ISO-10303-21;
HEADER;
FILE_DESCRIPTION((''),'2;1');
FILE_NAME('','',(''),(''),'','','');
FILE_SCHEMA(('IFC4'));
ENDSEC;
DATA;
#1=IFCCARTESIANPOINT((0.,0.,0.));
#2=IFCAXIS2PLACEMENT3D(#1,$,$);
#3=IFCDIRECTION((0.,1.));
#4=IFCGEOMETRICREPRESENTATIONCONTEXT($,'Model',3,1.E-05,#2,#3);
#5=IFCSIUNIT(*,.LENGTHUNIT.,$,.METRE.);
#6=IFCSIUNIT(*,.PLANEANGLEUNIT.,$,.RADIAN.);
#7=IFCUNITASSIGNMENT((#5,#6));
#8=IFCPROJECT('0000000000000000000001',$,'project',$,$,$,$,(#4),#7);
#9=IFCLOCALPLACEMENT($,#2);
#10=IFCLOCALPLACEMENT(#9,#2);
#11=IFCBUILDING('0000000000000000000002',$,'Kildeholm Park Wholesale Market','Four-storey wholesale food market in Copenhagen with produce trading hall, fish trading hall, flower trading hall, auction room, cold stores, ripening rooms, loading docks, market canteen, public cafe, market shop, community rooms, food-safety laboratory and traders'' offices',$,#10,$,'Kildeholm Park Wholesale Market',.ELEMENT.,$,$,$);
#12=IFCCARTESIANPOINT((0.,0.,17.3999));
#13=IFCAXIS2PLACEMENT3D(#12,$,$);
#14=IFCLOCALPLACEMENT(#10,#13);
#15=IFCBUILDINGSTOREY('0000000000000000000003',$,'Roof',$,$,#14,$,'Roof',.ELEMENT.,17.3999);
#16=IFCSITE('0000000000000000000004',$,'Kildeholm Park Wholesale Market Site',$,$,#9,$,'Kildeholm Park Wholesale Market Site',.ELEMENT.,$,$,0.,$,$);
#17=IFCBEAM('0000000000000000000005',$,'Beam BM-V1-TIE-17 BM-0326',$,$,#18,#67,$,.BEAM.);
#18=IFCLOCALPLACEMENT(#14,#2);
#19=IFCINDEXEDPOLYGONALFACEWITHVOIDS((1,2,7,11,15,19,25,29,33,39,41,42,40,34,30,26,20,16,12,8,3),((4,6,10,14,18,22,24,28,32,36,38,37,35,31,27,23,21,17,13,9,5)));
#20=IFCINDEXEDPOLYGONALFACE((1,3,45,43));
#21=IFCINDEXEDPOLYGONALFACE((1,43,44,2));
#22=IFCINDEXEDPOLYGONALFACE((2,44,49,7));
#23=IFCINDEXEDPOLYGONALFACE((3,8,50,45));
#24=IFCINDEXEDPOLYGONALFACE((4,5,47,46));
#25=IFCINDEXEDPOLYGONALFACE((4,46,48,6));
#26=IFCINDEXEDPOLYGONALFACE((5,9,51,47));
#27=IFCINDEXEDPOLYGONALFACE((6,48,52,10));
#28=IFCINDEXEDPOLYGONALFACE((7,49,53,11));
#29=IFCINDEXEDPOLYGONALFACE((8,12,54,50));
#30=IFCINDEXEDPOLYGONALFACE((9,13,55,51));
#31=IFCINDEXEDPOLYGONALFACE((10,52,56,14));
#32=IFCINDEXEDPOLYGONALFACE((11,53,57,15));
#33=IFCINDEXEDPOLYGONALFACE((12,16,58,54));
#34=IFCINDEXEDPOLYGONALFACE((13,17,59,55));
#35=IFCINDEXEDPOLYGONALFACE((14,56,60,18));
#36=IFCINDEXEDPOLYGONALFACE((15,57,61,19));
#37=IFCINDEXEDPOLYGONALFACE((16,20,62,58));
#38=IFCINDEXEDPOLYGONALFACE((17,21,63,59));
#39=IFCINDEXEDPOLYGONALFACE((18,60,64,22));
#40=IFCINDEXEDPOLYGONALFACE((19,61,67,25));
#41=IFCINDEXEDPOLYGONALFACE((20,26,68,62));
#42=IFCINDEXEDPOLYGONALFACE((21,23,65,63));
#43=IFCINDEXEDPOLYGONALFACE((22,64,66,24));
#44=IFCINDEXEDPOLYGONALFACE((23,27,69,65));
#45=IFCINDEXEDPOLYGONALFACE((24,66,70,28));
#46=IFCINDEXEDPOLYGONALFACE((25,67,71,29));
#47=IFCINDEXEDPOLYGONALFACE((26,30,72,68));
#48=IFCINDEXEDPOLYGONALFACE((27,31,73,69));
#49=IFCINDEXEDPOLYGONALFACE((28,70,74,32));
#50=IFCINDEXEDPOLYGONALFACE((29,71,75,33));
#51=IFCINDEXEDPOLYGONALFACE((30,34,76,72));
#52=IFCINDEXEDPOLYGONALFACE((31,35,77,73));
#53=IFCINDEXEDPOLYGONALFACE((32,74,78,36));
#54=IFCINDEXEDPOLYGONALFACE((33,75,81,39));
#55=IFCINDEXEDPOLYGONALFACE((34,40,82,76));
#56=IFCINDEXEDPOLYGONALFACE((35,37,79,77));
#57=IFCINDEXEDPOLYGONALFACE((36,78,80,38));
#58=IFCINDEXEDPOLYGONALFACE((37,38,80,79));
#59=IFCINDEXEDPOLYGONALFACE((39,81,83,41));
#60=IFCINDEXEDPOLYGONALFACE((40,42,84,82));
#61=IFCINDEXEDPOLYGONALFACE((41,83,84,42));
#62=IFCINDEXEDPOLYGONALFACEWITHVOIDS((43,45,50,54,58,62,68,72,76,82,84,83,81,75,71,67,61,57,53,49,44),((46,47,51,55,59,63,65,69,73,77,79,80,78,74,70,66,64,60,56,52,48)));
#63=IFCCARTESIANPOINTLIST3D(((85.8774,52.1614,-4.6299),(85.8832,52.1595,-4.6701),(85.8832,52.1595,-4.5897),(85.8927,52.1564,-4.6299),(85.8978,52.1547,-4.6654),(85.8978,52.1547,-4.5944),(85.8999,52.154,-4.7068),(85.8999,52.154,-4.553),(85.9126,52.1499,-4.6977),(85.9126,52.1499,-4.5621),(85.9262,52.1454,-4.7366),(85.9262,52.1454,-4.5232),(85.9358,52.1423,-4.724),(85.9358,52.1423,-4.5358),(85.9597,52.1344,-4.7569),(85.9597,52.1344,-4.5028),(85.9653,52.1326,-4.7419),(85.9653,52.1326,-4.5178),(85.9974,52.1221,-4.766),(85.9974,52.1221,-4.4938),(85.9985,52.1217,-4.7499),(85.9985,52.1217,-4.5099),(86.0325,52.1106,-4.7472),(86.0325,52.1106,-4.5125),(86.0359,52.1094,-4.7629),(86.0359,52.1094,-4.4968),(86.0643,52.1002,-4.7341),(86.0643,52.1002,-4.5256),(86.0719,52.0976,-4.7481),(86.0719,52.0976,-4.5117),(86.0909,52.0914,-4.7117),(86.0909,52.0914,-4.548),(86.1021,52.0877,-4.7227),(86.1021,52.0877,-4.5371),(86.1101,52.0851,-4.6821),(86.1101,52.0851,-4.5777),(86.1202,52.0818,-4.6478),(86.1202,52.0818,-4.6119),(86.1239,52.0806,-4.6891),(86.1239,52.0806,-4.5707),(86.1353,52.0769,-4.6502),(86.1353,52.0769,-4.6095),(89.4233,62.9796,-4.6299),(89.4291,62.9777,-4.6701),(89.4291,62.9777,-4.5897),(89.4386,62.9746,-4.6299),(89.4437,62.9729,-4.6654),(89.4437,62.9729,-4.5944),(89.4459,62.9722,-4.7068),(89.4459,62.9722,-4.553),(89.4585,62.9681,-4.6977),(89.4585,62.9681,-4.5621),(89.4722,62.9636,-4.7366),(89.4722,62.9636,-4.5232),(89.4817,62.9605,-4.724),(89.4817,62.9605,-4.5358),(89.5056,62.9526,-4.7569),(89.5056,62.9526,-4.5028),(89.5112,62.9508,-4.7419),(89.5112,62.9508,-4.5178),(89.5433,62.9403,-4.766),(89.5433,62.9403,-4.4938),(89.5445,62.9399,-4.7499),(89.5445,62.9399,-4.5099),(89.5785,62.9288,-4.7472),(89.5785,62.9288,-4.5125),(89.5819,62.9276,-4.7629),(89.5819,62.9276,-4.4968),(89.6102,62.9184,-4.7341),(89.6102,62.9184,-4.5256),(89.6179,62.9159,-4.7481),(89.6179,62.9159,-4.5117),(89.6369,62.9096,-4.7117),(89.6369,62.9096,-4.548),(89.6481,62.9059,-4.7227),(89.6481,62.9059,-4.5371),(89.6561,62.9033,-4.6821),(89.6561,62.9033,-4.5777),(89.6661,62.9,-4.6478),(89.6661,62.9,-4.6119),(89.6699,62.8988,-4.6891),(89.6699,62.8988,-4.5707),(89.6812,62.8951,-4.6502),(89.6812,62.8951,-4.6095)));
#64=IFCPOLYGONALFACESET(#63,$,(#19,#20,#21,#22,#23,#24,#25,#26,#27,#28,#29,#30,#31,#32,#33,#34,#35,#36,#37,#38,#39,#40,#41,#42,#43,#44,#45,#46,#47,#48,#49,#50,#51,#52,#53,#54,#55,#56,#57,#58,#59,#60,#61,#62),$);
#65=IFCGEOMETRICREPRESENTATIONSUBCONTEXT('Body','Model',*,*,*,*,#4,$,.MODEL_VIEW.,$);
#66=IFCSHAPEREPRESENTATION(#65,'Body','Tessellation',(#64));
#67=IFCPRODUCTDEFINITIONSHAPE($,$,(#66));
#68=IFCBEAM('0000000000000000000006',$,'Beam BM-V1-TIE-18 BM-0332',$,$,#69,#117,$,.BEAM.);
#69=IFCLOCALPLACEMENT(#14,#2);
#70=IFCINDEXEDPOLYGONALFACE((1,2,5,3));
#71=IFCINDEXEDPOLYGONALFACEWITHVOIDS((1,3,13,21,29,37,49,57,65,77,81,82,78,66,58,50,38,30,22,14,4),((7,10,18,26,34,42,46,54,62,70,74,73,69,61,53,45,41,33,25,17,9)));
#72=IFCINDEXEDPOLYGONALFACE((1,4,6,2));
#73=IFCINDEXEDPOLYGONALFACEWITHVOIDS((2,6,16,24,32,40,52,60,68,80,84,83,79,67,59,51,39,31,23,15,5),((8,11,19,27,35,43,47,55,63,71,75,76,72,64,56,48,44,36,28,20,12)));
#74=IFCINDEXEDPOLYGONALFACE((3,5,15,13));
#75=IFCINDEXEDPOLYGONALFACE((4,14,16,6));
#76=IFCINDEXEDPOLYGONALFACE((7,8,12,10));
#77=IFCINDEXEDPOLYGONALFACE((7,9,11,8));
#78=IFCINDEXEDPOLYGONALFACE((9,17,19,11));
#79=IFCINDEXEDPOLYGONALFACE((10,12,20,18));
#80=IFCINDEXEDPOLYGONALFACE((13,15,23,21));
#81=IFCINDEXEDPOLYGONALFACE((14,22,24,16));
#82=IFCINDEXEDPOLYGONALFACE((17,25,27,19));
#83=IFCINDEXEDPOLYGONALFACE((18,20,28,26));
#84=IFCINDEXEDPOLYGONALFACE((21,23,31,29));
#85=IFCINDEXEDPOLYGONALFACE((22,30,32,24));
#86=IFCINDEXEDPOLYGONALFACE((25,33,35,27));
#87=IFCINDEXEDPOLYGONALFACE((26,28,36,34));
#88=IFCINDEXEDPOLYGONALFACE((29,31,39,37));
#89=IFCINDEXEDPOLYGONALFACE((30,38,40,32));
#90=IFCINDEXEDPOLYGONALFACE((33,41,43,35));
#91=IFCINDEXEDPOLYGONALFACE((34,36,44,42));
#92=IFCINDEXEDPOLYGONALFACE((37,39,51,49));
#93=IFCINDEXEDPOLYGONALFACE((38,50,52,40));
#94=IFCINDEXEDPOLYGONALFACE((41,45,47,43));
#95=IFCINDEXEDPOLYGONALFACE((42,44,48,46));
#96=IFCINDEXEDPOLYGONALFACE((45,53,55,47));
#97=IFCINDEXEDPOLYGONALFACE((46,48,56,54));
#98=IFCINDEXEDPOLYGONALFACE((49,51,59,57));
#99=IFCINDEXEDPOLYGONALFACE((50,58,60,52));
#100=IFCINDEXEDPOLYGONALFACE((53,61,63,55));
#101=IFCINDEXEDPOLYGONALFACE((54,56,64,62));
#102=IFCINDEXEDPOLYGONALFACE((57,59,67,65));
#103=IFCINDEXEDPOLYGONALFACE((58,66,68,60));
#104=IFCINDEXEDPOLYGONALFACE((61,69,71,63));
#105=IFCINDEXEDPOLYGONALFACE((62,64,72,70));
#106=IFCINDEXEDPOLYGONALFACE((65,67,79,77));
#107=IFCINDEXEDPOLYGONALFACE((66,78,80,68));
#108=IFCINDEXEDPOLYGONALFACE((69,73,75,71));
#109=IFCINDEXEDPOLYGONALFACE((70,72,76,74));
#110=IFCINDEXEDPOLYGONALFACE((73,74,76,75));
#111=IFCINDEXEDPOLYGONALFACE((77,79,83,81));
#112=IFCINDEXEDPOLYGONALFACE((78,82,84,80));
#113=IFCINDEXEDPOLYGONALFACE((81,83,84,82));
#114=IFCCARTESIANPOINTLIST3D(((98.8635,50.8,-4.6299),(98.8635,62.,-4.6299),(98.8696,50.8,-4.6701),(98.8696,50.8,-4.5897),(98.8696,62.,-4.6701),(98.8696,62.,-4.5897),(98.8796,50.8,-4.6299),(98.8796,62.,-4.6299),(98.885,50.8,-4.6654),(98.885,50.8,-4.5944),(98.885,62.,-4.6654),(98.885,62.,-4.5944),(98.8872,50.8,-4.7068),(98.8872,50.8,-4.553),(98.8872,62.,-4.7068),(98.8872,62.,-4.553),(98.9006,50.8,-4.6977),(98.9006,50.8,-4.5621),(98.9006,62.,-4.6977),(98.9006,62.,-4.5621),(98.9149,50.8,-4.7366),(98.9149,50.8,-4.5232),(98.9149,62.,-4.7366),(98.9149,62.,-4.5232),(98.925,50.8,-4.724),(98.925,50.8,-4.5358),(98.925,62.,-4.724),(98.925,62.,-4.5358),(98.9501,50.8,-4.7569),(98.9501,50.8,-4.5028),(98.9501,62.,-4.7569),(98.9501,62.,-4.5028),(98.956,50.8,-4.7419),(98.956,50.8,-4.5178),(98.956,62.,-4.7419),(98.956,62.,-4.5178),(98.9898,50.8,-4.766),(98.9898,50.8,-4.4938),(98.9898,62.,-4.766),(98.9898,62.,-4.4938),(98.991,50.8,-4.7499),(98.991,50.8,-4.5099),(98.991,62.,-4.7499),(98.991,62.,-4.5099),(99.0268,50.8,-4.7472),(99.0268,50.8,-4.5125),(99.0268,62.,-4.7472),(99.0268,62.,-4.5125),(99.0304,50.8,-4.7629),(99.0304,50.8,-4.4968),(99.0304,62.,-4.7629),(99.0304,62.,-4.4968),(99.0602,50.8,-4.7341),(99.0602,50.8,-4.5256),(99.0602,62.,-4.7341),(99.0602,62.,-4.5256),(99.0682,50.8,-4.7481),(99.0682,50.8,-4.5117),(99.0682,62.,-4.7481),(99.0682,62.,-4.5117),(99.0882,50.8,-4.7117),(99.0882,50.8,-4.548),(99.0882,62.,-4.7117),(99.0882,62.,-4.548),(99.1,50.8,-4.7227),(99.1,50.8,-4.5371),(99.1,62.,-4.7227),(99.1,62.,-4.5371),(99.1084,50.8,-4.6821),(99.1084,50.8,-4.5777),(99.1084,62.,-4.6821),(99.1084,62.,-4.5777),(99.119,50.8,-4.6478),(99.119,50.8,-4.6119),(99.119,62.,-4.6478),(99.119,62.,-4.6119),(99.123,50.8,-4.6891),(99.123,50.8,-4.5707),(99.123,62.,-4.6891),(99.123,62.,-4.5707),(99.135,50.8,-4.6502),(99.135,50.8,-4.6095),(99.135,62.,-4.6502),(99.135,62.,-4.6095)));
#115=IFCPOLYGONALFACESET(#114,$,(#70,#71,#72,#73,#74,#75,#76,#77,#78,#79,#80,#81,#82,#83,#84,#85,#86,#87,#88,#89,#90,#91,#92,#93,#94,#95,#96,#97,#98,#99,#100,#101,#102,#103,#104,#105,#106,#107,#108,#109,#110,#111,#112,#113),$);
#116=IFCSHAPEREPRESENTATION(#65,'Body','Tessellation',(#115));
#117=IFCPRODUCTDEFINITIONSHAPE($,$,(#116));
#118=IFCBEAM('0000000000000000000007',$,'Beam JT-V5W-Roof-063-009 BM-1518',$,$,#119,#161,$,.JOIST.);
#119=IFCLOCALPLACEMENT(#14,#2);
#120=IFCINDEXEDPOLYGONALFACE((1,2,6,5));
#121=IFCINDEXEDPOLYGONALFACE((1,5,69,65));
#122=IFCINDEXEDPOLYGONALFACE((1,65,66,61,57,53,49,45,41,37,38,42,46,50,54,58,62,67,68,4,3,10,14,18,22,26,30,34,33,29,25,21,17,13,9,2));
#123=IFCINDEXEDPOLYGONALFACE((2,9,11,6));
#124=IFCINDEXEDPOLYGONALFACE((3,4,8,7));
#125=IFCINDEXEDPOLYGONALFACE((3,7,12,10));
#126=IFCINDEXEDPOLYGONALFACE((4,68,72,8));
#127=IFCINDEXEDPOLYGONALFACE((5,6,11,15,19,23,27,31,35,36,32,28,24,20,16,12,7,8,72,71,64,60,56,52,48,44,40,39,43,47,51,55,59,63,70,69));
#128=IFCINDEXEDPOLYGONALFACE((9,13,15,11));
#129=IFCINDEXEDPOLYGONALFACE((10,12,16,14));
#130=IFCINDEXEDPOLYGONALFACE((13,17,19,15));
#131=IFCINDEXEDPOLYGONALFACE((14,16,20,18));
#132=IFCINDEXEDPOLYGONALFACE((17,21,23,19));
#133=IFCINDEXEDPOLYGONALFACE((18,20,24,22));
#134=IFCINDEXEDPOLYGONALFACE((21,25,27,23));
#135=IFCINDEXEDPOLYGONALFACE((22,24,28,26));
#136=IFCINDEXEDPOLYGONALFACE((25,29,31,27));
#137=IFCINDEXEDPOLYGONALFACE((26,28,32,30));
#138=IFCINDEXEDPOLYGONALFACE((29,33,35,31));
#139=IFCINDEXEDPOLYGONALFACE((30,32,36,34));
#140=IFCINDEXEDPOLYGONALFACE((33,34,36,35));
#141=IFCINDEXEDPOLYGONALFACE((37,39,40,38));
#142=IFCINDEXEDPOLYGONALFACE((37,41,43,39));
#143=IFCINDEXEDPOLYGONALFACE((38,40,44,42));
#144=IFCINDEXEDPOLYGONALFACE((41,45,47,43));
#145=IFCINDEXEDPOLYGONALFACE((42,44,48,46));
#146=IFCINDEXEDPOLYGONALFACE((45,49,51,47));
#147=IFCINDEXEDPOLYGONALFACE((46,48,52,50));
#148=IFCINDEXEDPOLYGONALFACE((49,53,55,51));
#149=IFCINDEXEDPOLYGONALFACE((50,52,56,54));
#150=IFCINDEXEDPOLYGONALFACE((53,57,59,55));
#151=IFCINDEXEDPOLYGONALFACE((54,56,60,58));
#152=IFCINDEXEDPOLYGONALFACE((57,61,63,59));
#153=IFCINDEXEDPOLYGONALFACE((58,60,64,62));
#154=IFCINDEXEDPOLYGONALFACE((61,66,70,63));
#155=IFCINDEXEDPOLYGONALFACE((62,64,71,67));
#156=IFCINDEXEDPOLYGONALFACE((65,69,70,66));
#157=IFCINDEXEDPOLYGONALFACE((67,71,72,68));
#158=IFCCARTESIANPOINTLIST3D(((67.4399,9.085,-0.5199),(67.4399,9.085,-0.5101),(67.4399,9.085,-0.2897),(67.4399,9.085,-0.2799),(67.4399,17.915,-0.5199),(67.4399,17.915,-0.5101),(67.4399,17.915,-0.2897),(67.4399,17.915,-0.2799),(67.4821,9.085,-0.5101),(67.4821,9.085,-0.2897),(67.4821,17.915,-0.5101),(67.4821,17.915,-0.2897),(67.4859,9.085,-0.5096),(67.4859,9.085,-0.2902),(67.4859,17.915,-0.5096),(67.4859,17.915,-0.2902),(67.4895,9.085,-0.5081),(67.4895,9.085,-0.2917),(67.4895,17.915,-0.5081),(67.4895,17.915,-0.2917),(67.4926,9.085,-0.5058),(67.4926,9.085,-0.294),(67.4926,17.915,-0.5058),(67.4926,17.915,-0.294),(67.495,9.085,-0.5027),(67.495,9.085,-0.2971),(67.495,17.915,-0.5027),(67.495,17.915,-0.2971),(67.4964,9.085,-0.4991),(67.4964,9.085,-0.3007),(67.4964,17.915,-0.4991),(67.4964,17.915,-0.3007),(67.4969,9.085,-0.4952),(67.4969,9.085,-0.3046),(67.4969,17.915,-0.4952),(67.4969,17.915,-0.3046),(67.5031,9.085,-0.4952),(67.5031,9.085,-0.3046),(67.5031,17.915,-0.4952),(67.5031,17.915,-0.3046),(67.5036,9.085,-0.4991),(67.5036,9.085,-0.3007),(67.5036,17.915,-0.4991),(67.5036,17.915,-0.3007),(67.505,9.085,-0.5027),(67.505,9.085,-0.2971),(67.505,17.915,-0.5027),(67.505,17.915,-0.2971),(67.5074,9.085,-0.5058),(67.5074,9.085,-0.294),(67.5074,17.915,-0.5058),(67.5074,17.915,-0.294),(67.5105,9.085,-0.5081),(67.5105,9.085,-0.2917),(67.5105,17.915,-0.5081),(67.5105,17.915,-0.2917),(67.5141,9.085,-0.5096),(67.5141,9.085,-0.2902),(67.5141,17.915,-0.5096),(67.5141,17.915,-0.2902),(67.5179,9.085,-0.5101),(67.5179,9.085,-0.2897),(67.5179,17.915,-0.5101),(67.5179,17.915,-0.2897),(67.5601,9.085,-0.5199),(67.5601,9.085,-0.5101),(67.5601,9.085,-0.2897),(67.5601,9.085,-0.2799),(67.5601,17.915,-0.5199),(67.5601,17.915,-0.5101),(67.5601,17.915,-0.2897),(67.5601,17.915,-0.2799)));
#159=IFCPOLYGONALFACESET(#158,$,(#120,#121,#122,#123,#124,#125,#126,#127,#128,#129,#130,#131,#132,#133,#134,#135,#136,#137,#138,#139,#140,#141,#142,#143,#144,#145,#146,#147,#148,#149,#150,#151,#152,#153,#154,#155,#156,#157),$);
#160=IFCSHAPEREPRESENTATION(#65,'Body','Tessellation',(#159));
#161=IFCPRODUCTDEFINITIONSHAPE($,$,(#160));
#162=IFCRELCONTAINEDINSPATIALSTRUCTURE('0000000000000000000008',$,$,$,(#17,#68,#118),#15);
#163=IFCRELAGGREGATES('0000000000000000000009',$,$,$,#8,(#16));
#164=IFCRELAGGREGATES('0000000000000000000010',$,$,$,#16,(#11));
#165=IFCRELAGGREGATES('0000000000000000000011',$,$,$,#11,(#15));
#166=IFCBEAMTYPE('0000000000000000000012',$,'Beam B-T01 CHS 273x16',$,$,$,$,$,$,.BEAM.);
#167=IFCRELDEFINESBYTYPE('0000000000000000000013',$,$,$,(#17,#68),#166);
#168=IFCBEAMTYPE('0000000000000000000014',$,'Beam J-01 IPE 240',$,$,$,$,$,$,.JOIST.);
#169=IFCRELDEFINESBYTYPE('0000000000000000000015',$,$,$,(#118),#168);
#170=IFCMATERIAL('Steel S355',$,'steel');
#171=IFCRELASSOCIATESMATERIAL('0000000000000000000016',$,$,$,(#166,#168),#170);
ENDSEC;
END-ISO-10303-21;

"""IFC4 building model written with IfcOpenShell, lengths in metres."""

from ifc_helpers import new_model, si_unit, direction, frame, origin, origin_2d, place, context, subcontext, project, spatial, hollow_circle, i_section, extrude, material, material_profile, profile_set, type_object, element, save


model = new_model("IFC4")

# Units and contexts
model_context = context("Model", 3, precision=1e-05, world=origin(), true_north=direction((0.0, 1.0)))
body_context = subcontext(model_context, "Body", "Model", "MODEL_VIEW")
ifc_project = project(units=[si_unit("LENGTHUNIT", "METRE"), si_unit("PLANEANGLEUNIT", "RADIAN")], contexts=[model_context])

# Site, building, storey
site_placement = place(None, origin())
site = spatial("IfcSite", under=ifc_project, at=site_placement, Name="Kildeholm Park Wholesale Market Site", LongName="Kildeholm Park Wholesale Market Site", CompositionType="ELEMENT", RefElevation=0.0)
building_placement = place(site_placement, origin())
building = spatial("IfcBuilding", under=site, at=building_placement, Name="Kildeholm Park Wholesale Market", Description="Four-storey wholesale food market in Copenhagen with produce trading hall, fish trading hall, flower trading hall, auction room, cold stores, ripening rooms, loading docks, market canteen, public cafe, market shop, community rooms, food-safety laboratory and traders' offices", LongName="Kildeholm Park Wholesale Market", CompositionType="ELEMENT")
storey_placement = place(building_placement, frame((0.0, 0.0, 17.3999)))
storey = spatial("IfcBuildingStorey", under=building, at=storey_placement, Name="Roof", LongName="Roof", CompositionType="ELEMENT", Elevation=17.3999)

# Beams
ifc_material_1 = material(Name="Steel S355", Category="steel")
ifc_material_profile_1 = material_profile(ifc_material_1, hollow_circle(Radius=0.1365, WallThickness=0.0161, at=origin_2d()), Name="CHS 273x16")
ifc_profile_set_1 = profile_set([ifc_material_profile_1], Name="Steel S355")
beam_type_1 = type_object("IfcBeamType", Name="Beam B-T01 CHS 273x16", PredefinedType="BEAM", material=ifc_profile_set_1)
beam_1_placement = place(storey_placement, frame((86.0071, 52.1189, -4.6299), z_axis=(0.311469, 0.950256, 0.0), x_axis=(-0.950256, 0.311469, 0.0)))
element("IfcBeam", 1, at=beam_1_placement, inside=storey, type_object=beam_type_1, Name="Beam BM-V1-TIE-17 BM-0326", PredefinedType="BEAM", context=body_context, shape_type="SweptSolid", body=[
    extrude(hollow_circle(Radius=0.1365, WallThickness=0.0161, at=origin_2d()), origin(), (0.0, 0.0, 1.0), 11.3845),
])
beam_2_placement = place(storey_placement, frame((99.0, 50.8, -4.6299), z_axis=(0.0, 1.0, 0.0), x_axis=(-1.0, 0.0, 0.0)))
element("IfcBeam", 2, at=beam_2_placement, inside=storey, type_object=beam_type_1, Name="Beam BM-V1-TIE-18 BM-0332", PredefinedType="BEAM", context=body_context, shape_type="SweptSolid", body=[
    extrude(hollow_circle(Radius=0.1365, WallThickness=0.0161, at=origin_2d()), origin(), (0.0, 0.0, 1.0), 11.2),
])
ifc_material_profile_2 = material_profile(ifc_material_1, i_section(OverallWidth=0.1201, OverallDepth=0.24, WebThickness=0.0061, FlangeThickness=0.0098, FilletRadius=0.0149, at=origin_2d()), Name="IPE 240")
ifc_profile_set_2 = profile_set([ifc_material_profile_2], Name="Steel S355")
beam_type_2 = type_object("IfcBeamType", Name="Beam J-01 IPE 240", PredefinedType="JOIST", material=ifc_profile_set_2)
beam_3_placement = place(storey_placement, frame((67.5, 9.085, -0.3999), z_axis=(0.0, 1.0, 0.0), x_axis=(-1.0, 0.0, 0.0)))
element("IfcBeam", 3, at=beam_3_placement, inside=storey, type_object=beam_type_2, Name="Beam JT-V5W-Roof-063-009 BM-1518", PredefinedType="JOIST", context=body_context, shape_type="SweptSolid", body=[
    extrude(i_section(OverallWidth=0.1201, OverallDepth=0.24, WebThickness=0.0061, FlangeThickness=0.0098, FilletRadius=0.0149, at=origin_2d()), origin(), (0.0, 0.0, 1.0), 8.8301),
])

save(model, "model.ifc")
